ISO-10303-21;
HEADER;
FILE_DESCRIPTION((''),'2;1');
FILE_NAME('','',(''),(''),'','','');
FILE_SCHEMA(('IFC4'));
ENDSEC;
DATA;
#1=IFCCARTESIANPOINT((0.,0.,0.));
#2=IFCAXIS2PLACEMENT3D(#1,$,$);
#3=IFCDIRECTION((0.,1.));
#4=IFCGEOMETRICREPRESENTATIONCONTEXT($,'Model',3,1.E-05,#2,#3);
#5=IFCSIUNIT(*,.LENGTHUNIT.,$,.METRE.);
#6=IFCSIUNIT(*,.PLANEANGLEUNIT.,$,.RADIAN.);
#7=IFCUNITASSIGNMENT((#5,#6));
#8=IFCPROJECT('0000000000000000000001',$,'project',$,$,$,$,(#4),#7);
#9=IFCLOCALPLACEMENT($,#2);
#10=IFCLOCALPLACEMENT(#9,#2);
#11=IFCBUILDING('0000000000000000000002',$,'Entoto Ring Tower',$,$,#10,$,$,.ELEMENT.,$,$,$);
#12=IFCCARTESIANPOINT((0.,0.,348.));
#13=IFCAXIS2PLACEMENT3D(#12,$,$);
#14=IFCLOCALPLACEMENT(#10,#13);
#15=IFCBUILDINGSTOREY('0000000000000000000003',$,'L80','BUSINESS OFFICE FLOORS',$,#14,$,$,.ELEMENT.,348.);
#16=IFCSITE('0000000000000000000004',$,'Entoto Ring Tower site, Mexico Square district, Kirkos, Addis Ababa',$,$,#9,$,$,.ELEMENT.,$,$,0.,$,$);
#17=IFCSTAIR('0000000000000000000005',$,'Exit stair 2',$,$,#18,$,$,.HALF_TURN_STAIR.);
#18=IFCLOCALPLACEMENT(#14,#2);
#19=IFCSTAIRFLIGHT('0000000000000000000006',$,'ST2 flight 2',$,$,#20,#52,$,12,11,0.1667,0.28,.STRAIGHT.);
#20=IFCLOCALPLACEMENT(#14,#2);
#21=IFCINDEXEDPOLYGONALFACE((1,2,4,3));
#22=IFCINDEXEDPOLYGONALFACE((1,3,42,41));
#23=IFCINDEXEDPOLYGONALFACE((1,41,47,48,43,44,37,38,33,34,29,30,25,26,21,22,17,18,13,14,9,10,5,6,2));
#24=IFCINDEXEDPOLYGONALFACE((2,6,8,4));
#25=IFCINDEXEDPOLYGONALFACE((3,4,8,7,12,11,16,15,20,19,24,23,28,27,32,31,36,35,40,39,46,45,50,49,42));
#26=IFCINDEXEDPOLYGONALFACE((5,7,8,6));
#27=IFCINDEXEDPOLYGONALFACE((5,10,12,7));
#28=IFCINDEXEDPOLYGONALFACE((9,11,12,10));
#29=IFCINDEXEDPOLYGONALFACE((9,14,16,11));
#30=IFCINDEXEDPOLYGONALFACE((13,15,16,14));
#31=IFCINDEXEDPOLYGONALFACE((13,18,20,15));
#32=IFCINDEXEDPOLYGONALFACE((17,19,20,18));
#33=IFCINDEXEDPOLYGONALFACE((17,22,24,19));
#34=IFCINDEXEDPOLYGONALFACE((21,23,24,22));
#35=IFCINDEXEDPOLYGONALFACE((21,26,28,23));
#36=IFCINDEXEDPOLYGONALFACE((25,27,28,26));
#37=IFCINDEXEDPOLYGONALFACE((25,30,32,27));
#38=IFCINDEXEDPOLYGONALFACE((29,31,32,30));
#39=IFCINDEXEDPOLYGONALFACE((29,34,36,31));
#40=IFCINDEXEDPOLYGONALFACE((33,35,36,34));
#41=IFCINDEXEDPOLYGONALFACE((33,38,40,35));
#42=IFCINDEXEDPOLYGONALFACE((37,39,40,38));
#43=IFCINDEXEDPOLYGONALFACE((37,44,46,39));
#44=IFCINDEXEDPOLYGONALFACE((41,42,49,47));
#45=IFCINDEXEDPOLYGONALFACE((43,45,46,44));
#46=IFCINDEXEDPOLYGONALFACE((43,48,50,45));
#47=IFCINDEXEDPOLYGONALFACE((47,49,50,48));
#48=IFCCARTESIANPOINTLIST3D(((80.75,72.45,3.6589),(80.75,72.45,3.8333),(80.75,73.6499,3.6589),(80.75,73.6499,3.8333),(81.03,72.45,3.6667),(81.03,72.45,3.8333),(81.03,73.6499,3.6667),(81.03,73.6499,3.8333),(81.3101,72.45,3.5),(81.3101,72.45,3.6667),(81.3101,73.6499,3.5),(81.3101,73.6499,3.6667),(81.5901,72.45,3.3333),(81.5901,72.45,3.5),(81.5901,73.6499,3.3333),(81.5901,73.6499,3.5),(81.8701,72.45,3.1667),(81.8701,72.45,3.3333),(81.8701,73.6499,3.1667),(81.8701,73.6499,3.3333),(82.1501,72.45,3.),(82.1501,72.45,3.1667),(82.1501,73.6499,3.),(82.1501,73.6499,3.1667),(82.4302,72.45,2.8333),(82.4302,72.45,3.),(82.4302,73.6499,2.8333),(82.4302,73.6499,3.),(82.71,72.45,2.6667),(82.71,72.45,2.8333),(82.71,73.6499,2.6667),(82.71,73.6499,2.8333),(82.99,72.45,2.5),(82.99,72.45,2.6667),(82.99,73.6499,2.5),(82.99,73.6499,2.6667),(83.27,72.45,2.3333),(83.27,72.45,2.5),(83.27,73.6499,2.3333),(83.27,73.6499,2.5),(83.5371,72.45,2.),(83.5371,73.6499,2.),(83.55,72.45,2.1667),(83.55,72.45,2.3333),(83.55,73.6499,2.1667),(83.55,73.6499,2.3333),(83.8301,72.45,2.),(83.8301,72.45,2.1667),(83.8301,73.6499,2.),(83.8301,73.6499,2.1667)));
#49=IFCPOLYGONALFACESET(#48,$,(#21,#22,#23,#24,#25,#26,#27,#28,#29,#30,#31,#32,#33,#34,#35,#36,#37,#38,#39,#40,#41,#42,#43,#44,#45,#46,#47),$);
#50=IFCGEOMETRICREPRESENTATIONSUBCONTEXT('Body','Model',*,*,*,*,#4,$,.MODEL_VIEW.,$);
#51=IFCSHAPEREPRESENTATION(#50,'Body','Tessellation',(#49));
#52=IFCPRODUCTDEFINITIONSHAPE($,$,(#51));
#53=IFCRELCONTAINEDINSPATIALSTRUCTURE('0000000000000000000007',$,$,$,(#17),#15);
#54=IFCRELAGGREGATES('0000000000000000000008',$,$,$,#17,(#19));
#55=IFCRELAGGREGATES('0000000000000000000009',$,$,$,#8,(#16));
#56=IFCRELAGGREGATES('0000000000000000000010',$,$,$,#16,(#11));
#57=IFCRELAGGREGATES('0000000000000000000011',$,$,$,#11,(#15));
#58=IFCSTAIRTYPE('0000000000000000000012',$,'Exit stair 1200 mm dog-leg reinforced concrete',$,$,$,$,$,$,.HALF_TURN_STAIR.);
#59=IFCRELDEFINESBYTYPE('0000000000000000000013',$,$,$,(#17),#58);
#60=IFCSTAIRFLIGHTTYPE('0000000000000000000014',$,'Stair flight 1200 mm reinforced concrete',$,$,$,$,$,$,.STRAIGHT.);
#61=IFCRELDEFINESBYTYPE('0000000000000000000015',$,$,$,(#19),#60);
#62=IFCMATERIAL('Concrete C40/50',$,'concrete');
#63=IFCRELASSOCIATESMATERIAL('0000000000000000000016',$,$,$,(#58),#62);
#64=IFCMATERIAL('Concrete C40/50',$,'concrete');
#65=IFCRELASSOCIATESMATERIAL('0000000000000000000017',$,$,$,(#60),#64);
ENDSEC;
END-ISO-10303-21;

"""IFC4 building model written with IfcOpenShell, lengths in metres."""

from ifc_helpers import new_model, si_unit, direction, frame, origin, place, context, subcontext, project, spatial, polyline, outline, extrude, material, type_object, element, aggregate, save


model = new_model("IFC4")

# Units and contexts
model_context = context("Model", 3, precision=1e-05, world=origin(), true_north=direction((0.0, 1.0)))
body_context = subcontext(model_context, "Body", "Model", "MODEL_VIEW")
ifc_project = project(units=[si_unit("LENGTHUNIT", "METRE"), si_unit("PLANEANGLEUNIT", "RADIAN")], contexts=[model_context])

# Site, building, storey
site_placement = place(None, origin())
site = spatial("IfcSite", under=ifc_project, at=site_placement, Name="Entoto Ring Tower site, Mexico Square district, Kirkos, Addis Ababa", CompositionType="ELEMENT", RefElevation=0.0)
building_placement = place(site_placement, origin())
building = spatial("IfcBuilding", under=site, at=building_placement, Name="Entoto Ring Tower", CompositionType="ELEMENT")
storey_placement = place(building_placement, frame((0.0, 0.0, 348.0)))
storey = spatial("IfcBuildingStorey", under=building, at=storey_placement, Name="L80", Description="BUSINESS OFFICE FLOORS", CompositionType="ELEMENT", Elevation=348.0)

# Stair, stair flight
ifc_material_1 = material(Name="Concrete C40/50", Category="concrete")
stair_type = type_object("IfcStairType", Name="Exit stair 1200 mm dog-leg reinforced concrete", PredefinedType="HALF_TURN_STAIR", material=ifc_material_1)
stair_placement = place(storey_placement, origin())
stair = element("IfcStair", 1, at=stair_placement, inside=storey, type_object=stair_type, Name="Exit stair 2", PredefinedType="HALF_TURN_STAIR")
ifc_material_2 = material(Name="Concrete C40/50", Category="concrete")
stair_flight_type = type_object("IfcStairFlightType", Name="Stair flight 1200 mm reinforced concrete", PredefinedType="STRAIGHT", material=ifc_material_2)
stair_flight_1_placement = place(storey_placement, frame((83.8301, 73.05, 2.0), z_axis=(0.0, 0.0, 1.0), x_axis=(-1.0, 0.0, 0.0)))
stair_flight_1 = element("IfcStairFlight", 2, at=stair_flight_1_placement, type_object=stair_flight_type, Name="ST2 flight 2", NumberOfRisers=12, NumberOfTreads=11, PredefinedType="STRAIGHT", RiserHeight=0.1667, TreadLength=0.28, context=body_context, shape_type="SweptSolid", body=[
    extrude(outline(polyline([(0.0, 0.0), (0.0, 0.1667), (0.28, 0.1667), (0.28, 0.3333), (0.5601, 0.3333), (0.5601, 0.5), (0.8401, 0.5), (0.8401, 0.6667), (1.1201, 0.6667), (1.1201, 0.8333), (1.3999, 0.8333), (1.3999, 1.0), (1.6799, 1.0), (1.6799, 1.1667), (1.96, 1.1667), (1.96, 1.3333), (2.24, 1.3333), (2.24, 1.5), (2.52, 1.5), (2.52, 1.6667), (2.8, 1.6667), (2.8, 1.8333), (3.0801, 1.8333), (3.0801, 2.0), (3.0801, 1.6589), (0.293, 0.0), (0.0, 0.0)])), frame((0.0, 0.6001, 0.0), z_axis=(0.0, -1.0, 0.0), x_axis=(1.0, 0.0, 0.0)), (0.0, 0.0, 1.0), 1.2),
])
aggregate(stair, [stair_flight_1])

save(model, "model.ifc")
